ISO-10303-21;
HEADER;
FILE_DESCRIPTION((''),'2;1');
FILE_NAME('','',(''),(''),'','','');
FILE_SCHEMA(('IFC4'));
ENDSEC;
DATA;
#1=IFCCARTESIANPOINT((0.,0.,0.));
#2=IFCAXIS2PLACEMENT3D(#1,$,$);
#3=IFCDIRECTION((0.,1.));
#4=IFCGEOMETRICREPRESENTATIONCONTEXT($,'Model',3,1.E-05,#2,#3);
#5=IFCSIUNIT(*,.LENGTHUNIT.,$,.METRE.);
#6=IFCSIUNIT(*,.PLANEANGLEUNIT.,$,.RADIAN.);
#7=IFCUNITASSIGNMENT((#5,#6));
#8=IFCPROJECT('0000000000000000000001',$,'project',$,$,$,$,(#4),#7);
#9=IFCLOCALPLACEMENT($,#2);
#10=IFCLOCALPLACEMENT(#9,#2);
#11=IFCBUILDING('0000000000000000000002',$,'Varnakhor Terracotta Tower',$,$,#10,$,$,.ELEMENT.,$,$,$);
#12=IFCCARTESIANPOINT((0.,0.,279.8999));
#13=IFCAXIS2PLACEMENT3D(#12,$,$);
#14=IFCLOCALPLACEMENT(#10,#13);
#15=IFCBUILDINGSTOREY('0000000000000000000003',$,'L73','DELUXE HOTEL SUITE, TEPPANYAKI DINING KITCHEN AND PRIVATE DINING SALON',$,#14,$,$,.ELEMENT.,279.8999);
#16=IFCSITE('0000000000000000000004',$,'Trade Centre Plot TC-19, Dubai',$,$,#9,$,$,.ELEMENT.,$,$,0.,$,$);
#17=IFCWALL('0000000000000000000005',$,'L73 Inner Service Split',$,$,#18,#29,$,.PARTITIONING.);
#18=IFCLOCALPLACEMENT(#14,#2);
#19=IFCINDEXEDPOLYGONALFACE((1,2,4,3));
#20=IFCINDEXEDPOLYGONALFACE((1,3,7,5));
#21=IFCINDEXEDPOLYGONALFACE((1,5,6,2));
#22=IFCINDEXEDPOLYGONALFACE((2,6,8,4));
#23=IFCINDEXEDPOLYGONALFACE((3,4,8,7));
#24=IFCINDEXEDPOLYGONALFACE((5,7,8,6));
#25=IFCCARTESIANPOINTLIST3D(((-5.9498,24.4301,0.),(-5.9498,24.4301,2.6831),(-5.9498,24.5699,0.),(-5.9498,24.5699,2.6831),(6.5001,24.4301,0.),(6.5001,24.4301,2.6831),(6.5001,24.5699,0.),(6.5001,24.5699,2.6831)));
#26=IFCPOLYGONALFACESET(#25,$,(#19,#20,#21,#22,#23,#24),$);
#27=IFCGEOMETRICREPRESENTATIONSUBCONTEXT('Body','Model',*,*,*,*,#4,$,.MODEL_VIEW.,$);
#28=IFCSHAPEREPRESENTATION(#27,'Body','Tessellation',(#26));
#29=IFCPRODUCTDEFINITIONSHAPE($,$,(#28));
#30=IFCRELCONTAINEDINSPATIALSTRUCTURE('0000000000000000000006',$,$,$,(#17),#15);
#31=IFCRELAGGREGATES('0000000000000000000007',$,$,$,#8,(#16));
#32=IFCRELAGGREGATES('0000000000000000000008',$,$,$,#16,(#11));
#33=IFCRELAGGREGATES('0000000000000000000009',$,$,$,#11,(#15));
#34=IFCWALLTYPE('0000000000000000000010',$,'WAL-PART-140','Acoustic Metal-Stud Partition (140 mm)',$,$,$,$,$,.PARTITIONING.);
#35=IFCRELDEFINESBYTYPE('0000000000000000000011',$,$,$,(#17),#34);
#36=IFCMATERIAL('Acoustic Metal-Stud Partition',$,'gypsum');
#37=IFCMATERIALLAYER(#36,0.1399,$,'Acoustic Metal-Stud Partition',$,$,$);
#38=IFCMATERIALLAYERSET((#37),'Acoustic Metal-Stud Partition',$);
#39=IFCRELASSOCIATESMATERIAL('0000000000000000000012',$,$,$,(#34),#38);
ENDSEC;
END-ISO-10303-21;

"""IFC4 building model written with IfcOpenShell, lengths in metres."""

from ifc_helpers import new_model, si_unit, direction, frame, frame_2d, origin, place, context, subcontext, project, spatial, rectangle, extrude, material, layer, layer_set, type_object, element, save


model = new_model("IFC4")

# Units and contexts
model_context = context("Model", 3, precision=1e-05, world=origin(), true_north=direction((0.0, 1.0)))
body_context = subcontext(model_context, "Body", "Model", "MODEL_VIEW")
ifc_project = project(units=[si_unit("LENGTHUNIT", "METRE"), si_unit("PLANEANGLEUNIT", "RADIAN")], contexts=[model_context])

# Site, building, storey
site_placement = place(None, origin())
site = spatial("IfcSite", under=ifc_project, at=site_placement, Name="Trade Centre Plot TC-19, Dubai", CompositionType="ELEMENT", RefElevation=0.0)
building_placement = place(site_placement, origin())
building = spatial("IfcBuilding", under=site, at=building_placement, Name="Varnakhor Terracotta Tower", CompositionType="ELEMENT")
storey_placement = place(building_placement, frame((0.0, 0.0, 279.8999)))
storey = spatial("IfcBuildingStorey", under=building, at=storey_placement, Name="L73", Description="DELUXE HOTEL SUITE, TEPPANYAKI DINING KITCHEN AND PRIVATE DINING SALON", CompositionType="ELEMENT", Elevation=279.8999)

# Wall
ifc_material_1 = material(Name="Acoustic Metal-Stud Partition", Category="gypsum")
ifc_layer_1 = layer(ifc_material_1, 0.1399, Name="Acoustic Metal-Stud Partition")
ifc_layer_set_1 = layer_set([ifc_layer_1], Name="Acoustic Metal-Stud Partition")
wall_type_1 = type_object("IfcWallType", Name="WAL-PART-140", Description="Acoustic Metal-Stud Partition (140 mm)", PredefinedType="PARTITIONING", material=ifc_layer_set_1)
wall_1_placement = place(storey_placement, frame((-5.95, 24.5, 0.0), z_axis=(0.0, 0.0, 1.0), x_axis=(1.0, 0.0, 0.0)))
element("IfcWall", 1, at=wall_1_placement, inside=storey, type_object=wall_type_1, Name="L73 Inner Service Split", PredefinedType="PARTITIONING", context=body_context, shape_type="SweptSolid", body=[
    extrude(rectangle(XDim=12.45, YDim=0.1399, at=frame_2d((6.2251, 0.0))), origin(), (0.0, 0.0, 1.0), 2.6831),
])

save(model, "model.ifc")
